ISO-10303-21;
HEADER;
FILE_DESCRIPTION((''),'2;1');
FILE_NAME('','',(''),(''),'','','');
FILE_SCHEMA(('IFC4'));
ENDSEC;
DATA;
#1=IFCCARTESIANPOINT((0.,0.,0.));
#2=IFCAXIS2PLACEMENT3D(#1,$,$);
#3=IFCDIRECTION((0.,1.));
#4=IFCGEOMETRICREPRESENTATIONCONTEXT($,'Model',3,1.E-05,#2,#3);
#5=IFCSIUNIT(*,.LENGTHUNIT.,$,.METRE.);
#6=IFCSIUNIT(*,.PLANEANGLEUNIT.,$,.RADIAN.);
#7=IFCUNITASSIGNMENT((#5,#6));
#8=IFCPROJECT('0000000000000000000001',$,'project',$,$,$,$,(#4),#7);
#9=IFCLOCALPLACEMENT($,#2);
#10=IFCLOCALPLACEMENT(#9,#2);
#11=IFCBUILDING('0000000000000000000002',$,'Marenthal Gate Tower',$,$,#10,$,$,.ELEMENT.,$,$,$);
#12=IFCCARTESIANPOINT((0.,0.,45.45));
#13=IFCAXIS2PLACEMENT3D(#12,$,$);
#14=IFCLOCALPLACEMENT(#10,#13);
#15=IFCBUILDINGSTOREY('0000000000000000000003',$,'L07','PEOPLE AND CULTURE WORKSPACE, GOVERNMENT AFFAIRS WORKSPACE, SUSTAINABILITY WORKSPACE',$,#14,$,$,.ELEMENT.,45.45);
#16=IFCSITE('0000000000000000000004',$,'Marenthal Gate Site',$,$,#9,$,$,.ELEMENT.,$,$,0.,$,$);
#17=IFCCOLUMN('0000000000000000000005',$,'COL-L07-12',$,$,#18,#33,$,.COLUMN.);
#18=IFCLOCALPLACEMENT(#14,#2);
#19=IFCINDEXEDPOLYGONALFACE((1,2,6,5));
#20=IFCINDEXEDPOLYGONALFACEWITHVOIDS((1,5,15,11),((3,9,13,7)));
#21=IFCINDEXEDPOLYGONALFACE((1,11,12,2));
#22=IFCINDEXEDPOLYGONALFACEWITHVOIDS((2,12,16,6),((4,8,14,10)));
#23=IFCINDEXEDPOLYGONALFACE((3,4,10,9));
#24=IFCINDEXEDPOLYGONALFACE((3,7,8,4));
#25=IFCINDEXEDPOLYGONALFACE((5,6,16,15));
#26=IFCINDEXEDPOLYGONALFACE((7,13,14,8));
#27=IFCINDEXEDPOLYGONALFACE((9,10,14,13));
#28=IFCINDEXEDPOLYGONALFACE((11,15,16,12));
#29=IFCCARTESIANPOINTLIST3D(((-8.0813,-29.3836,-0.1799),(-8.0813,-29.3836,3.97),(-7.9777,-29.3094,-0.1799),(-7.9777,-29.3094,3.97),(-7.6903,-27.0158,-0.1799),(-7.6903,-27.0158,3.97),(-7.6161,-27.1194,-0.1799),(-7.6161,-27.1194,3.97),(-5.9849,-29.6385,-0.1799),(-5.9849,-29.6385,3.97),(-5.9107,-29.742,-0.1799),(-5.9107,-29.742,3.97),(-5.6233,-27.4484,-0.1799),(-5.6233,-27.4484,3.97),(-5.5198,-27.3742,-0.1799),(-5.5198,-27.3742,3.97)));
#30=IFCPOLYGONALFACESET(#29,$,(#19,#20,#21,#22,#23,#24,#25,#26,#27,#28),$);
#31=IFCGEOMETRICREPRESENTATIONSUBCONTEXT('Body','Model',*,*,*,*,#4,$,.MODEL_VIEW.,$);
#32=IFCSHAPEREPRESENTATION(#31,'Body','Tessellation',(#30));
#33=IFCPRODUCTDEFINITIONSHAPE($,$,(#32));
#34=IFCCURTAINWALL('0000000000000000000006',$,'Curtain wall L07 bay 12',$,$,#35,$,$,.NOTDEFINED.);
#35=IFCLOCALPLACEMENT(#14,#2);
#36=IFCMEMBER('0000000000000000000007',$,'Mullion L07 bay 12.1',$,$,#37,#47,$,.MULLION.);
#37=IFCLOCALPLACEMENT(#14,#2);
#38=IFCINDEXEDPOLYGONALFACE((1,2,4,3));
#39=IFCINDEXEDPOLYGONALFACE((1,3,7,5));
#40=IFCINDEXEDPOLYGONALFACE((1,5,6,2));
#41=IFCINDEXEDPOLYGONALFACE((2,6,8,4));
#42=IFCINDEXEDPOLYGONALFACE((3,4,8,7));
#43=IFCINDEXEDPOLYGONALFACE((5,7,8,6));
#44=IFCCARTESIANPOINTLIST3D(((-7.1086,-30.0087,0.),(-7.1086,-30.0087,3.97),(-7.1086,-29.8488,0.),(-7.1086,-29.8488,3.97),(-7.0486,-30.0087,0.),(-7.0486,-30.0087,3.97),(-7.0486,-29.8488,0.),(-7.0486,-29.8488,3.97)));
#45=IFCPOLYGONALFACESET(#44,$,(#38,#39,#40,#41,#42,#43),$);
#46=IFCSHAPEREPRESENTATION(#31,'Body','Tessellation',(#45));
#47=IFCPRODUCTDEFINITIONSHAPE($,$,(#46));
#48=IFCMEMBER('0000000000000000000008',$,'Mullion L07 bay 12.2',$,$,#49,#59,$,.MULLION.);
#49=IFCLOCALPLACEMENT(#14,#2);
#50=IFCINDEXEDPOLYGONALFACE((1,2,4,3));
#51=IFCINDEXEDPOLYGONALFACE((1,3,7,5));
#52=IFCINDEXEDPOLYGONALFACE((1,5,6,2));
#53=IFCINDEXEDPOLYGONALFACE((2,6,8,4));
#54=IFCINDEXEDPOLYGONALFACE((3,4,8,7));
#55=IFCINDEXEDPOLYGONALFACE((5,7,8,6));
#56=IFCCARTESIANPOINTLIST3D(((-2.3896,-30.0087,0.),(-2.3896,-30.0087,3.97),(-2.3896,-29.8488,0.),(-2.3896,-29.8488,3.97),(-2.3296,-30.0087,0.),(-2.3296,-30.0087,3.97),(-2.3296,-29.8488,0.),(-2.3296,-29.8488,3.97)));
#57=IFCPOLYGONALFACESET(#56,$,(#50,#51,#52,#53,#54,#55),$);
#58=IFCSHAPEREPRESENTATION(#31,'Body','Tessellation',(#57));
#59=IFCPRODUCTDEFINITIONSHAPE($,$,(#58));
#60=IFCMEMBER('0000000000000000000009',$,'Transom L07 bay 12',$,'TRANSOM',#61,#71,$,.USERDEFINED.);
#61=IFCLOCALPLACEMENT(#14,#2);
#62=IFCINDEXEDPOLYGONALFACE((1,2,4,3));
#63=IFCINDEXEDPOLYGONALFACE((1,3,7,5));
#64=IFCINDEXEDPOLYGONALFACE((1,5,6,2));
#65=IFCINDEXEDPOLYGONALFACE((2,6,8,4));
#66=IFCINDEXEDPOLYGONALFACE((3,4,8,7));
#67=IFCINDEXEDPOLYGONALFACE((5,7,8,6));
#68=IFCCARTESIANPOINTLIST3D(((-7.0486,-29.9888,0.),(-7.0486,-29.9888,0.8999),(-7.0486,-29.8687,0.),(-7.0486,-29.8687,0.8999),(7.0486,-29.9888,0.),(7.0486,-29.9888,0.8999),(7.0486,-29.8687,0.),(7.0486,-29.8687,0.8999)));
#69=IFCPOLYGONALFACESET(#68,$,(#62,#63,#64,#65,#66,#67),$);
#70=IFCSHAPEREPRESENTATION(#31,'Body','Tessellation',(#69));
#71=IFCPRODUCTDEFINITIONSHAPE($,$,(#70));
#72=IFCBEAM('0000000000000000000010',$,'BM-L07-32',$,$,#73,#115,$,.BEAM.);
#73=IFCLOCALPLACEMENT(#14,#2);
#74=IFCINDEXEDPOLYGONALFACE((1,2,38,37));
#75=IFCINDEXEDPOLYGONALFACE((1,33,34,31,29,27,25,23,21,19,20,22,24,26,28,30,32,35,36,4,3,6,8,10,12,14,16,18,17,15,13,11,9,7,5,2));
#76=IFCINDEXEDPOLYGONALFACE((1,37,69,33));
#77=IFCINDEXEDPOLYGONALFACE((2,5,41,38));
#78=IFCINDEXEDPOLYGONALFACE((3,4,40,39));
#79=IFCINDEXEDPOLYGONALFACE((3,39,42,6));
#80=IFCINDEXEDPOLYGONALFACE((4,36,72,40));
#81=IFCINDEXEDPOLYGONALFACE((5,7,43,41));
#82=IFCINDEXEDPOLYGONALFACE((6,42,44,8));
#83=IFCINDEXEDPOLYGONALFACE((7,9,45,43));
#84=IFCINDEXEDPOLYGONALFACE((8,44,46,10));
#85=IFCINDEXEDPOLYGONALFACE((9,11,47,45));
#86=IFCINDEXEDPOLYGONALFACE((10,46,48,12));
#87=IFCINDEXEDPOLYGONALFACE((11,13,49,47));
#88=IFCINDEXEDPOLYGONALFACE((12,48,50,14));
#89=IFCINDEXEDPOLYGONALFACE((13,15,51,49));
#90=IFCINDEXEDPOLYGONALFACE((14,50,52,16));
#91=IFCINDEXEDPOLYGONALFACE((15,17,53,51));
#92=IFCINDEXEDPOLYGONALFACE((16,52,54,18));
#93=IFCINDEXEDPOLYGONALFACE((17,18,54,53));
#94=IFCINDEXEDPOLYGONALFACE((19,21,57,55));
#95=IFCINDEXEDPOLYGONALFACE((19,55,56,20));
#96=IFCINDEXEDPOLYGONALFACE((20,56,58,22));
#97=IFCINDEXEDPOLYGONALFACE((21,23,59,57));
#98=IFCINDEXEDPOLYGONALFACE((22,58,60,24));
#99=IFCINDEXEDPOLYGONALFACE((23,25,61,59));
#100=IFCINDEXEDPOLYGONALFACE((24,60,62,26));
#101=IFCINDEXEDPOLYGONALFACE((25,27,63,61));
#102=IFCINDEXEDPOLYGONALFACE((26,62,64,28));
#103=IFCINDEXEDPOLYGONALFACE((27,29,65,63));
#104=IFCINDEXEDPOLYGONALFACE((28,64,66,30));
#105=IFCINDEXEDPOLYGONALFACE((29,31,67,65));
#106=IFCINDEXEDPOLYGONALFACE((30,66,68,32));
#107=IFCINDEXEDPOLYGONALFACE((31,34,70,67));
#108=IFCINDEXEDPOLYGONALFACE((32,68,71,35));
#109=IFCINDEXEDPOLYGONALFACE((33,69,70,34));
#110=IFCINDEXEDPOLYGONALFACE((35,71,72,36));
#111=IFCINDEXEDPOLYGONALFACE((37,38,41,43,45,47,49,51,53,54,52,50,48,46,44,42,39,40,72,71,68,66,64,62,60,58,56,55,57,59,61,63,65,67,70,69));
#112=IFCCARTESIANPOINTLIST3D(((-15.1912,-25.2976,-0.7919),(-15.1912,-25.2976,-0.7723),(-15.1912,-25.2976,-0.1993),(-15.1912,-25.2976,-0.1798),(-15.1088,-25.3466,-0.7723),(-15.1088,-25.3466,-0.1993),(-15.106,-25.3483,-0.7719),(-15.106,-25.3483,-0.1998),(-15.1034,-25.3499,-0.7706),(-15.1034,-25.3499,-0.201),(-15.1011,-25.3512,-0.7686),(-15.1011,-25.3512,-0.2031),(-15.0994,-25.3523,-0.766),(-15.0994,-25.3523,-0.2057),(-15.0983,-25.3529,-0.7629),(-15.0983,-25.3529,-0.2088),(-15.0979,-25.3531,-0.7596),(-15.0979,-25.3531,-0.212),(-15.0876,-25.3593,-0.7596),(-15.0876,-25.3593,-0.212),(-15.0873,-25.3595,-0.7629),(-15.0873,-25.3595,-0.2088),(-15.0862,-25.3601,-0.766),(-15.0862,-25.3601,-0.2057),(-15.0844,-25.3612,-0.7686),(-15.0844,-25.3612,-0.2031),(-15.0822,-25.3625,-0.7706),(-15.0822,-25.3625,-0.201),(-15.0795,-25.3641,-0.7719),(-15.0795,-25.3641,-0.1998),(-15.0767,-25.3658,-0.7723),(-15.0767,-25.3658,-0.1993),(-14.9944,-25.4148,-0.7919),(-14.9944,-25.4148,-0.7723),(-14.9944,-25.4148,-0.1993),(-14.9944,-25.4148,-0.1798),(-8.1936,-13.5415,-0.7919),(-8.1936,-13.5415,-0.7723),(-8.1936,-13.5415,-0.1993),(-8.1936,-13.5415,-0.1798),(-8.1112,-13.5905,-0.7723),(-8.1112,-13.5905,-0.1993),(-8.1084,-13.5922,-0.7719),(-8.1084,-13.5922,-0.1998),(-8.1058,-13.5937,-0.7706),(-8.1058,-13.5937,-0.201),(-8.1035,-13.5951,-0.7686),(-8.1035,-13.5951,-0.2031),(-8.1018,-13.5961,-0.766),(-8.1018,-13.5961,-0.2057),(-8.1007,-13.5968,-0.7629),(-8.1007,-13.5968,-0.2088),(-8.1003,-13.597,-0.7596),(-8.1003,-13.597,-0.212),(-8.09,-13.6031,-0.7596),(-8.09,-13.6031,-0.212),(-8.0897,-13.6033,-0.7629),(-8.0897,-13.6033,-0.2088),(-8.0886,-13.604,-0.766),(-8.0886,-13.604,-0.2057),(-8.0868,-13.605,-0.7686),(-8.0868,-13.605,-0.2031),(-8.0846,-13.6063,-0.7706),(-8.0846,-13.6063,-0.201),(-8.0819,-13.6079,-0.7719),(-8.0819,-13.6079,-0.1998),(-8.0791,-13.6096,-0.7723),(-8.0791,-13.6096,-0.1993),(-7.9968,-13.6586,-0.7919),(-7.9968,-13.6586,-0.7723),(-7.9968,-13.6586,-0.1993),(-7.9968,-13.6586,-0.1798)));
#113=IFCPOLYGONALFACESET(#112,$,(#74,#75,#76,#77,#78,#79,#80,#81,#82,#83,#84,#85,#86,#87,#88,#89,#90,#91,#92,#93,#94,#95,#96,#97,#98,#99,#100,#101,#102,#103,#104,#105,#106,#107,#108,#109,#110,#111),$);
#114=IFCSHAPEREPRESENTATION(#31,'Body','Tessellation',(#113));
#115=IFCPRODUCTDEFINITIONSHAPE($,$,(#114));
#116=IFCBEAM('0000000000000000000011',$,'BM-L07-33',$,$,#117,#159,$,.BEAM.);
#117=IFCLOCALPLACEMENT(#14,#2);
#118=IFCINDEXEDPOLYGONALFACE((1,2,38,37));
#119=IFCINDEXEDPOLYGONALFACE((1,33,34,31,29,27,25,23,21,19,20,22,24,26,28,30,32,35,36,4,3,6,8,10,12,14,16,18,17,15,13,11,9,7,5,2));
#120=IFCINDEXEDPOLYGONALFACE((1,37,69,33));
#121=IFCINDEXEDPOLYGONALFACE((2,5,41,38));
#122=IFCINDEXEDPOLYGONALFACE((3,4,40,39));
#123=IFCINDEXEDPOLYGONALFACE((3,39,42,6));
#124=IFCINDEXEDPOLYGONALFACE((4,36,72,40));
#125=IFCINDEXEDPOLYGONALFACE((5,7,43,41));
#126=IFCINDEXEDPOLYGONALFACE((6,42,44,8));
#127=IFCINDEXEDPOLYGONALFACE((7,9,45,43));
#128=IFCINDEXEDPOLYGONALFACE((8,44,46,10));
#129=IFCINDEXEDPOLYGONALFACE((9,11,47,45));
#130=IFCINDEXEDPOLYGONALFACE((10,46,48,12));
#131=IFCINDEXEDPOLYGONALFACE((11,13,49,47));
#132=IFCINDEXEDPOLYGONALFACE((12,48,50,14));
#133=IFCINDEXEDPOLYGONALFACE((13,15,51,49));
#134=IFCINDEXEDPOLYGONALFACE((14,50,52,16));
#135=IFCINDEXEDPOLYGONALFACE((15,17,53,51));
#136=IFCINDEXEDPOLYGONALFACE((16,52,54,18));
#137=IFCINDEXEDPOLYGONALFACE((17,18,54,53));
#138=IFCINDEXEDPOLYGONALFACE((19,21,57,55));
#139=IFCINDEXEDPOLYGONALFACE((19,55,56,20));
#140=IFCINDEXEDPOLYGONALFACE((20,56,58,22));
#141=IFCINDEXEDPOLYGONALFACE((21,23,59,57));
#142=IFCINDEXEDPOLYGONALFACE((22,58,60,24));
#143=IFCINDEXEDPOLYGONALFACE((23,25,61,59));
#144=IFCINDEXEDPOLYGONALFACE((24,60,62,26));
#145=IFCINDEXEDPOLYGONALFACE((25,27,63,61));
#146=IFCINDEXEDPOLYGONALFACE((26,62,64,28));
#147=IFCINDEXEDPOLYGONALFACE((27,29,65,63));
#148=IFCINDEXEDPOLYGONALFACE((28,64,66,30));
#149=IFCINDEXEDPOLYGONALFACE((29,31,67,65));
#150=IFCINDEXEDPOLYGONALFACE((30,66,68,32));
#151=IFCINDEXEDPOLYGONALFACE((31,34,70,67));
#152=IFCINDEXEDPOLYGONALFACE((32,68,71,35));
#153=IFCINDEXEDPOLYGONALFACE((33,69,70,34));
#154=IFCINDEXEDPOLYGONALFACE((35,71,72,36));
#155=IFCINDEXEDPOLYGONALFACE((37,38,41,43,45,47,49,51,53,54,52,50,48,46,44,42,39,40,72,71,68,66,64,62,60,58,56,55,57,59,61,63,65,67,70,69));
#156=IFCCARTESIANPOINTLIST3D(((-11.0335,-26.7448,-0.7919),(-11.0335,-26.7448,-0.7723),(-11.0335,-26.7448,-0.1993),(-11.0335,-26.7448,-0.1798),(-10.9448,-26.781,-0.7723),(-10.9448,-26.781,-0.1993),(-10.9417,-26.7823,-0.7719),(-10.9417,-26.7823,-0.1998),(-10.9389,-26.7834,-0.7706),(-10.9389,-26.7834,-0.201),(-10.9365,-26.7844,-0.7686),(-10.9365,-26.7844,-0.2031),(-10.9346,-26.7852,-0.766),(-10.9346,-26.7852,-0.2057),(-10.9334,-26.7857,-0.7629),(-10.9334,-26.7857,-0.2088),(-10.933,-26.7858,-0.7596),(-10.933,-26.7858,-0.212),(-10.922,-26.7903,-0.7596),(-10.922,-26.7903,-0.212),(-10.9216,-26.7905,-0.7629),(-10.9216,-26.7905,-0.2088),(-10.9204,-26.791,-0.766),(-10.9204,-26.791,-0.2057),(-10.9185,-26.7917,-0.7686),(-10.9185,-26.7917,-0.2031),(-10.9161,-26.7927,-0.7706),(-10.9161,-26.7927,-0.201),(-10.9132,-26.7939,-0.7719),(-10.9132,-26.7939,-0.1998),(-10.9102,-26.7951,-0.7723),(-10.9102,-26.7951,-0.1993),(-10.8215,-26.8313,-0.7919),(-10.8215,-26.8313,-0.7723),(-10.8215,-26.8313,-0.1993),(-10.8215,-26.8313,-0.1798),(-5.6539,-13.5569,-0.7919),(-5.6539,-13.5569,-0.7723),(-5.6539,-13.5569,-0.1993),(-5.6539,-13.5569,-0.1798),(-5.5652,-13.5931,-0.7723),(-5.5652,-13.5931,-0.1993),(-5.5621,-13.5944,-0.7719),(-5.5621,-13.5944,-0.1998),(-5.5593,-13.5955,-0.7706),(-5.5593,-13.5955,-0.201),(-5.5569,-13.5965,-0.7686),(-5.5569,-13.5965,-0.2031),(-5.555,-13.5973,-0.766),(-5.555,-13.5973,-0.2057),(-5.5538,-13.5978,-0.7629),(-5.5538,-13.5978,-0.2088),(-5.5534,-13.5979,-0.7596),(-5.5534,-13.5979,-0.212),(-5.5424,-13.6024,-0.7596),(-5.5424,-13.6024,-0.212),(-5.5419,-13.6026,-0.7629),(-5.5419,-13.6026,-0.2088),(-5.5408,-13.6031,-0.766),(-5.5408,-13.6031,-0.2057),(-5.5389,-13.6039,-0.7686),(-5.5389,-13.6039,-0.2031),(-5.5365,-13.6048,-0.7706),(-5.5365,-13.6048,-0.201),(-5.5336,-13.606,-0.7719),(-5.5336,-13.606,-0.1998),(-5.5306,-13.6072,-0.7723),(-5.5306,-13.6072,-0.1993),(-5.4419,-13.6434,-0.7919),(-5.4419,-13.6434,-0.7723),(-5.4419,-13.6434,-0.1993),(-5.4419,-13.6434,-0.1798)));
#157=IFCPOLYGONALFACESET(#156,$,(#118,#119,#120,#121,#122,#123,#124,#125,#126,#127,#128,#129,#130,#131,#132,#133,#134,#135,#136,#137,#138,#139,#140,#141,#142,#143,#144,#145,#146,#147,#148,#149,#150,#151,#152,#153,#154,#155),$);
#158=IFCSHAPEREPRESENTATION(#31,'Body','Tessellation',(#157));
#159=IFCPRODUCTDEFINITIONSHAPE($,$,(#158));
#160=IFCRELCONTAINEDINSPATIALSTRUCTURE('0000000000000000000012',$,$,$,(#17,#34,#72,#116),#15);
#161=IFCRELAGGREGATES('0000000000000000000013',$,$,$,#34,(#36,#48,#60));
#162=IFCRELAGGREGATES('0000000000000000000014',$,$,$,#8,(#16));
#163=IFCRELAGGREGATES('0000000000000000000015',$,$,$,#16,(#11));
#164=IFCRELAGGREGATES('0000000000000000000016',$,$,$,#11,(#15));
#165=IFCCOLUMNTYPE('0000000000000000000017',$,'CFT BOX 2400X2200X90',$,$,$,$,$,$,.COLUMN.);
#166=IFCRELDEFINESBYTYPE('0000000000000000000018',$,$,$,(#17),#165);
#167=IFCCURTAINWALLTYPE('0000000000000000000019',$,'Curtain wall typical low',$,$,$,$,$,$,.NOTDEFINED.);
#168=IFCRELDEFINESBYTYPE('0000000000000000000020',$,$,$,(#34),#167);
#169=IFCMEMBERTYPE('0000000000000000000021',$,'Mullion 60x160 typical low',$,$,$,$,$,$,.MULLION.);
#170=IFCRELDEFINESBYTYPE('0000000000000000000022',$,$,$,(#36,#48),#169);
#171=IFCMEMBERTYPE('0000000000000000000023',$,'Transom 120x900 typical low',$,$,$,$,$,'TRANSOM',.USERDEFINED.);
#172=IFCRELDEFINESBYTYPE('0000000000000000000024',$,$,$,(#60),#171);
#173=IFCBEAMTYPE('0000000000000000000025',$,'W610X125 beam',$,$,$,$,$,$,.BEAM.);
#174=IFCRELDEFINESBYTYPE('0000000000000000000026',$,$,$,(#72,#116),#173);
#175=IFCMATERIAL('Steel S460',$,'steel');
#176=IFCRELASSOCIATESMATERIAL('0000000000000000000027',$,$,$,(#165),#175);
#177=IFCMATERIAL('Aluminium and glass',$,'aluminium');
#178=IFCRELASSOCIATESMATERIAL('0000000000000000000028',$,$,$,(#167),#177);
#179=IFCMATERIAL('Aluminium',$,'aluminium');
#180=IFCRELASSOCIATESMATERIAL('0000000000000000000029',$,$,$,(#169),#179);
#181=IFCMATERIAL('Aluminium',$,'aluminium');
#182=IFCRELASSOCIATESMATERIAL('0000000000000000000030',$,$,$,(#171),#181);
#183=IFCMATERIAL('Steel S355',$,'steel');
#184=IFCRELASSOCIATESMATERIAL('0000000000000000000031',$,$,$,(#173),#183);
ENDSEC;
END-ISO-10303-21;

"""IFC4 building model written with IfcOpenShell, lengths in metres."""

from ifc_helpers import new_model, si_unit, direction, frame, origin, origin_2d, place, context, subcontext, project, spatial, rectangle, hollow_rectangle, i_section, extrude, material, material_profile, profile_set, type_object, element, aggregate, save


model = new_model("IFC4")

# Units and contexts
model_context = context("Model", 3, precision=1e-05, world=origin(), true_north=direction((0.0, 1.0)))
body_context = subcontext(model_context, "Body", "Model", "MODEL_VIEW")
ifc_project = project(units=[si_unit("LENGTHUNIT", "METRE"), si_unit("PLANEANGLEUNIT", "RADIAN")], contexts=[model_context])

# Site, building, storey
site_placement = place(None, origin())
site = spatial("IfcSite", under=ifc_project, at=site_placement, Name="Marenthal Gate Site", CompositionType="ELEMENT", RefElevation=0.0)
building_placement = place(site_placement, origin())
building = spatial("IfcBuilding", under=site, at=building_placement, Name="Marenthal Gate Tower", CompositionType="ELEMENT")
storey_placement = place(building_placement, frame((0.0, 0.0, 45.45)))
storey = spatial("IfcBuildingStorey", under=building, at=storey_placement, Name="L07", Description="PEOPLE AND CULTURE WORKSPACE, GOVERNMENT AFFAIRS WORKSPACE, SUSTAINABILITY WORKSPACE", CompositionType="ELEMENT", Elevation=45.45)

# Column
ifc_material_1 = material(Name="Steel S460", Category="steel")
ifc_material_profile_1 = material_profile(ifc_material_1, hollow_rectangle(XDim=2.2, YDim=2.3999, WallThickness=0.0901, at=origin_2d()), Name="CFT BOX 2400X2200X90")
ifc_material_2 = material(Name="Concrete 70 MPa", Category="concrete")
ifc_material_profile_2 = material_profile(ifc_material_2, rectangle(XDim=2.02, YDim=2.22, at=origin_2d()), Name="CFT BOX 2400X2200X90 INFILL")
ifc_profile_set_1 = profile_set([ifc_material_profile_1, ifc_material_profile_2], Name="Steel S460 shell, Concrete 70 MPa infill")
column_type = type_object("IfcColumnType", Name="CFT BOX 2400X2200X90", PredefinedType="COLUMN", material=ifc_profile_set_1)
column_placement = place(storey_placement, frame((-6.8005, -28.3789, -0.1799), z_axis=(0.0, 0.0, 1.0), x_axis=(-0.986641, 0.162908, 0.0)))
element("IfcColumn", 1, at=column_placement, inside=storey, type_object=column_type, Name="COL-L07-12", PredefinedType="COLUMN", context=body_context, shape_type="SweptSolid", body=[
    extrude(hollow_rectangle(XDim=2.2, YDim=2.3999, WallThickness=0.0901, at=origin_2d()), origin(), (0.0, 0.0, 1.0), 4.1499),
])

# Curtain wall, members
ifc_material_3 = material(Name="Aluminium and glass", Category="aluminium")
curtain_wall_type = type_object("IfcCurtainWallType", Name="Curtain wall typical low", PredefinedType="NOTDEFINED", material=ifc_material_3)
curtain_wall_placement = place(storey_placement, origin())
curtain_wall = element("IfcCurtainWall", 2, at=curtain_wall_placement, inside=storey, type_object=curtain_wall_type, Name="Curtain wall L07 bay 12", PredefinedType="NOTDEFINED")
ifc_material_4 = material(Name="Aluminium", Category="aluminium")
ifc_material_profile_3 = material_profile(ifc_material_4, rectangle(XDim=0.1599, YDim=0.0601, at=origin_2d()), Name="60x160 aluminium mullion")
ifc_profile_set_2 = profile_set([ifc_material_profile_3], Name="Aluminium")
member_type_1 = type_object("IfcMemberType", Name="Mullion 60x160 typical low", PredefinedType="MULLION", material=ifc_profile_set_2)
member_1_placement = place(storey_placement, frame((-7.0786, -29.9287, 0.0), z_axis=(0.0, 0.0, 1.0), x_axis=(0.0, 1.0, 0.0)))
member_1 = element("IfcMember", 3, at=member_1_placement, type_object=member_type_1, Name="Mullion L07 bay 12.1", PredefinedType="MULLION", context=body_context, shape_type="SweptSolid", body=[
    extrude(rectangle(XDim=0.1599, YDim=0.0601, at=origin_2d()), origin(), (0.0, 0.0, 1.0), 3.97),
])
member_2_placement = place(storey_placement, frame((-2.3596, -29.9287, 0.0), z_axis=(0.0, 0.0, 1.0), x_axis=(0.0, 1.0, 0.0)))
member_2 = element("IfcMember", 4, at=member_2_placement, type_object=member_type_1, Name="Mullion L07 bay 12.2", PredefinedType="MULLION", context=body_context, shape_type="SweptSolid", body=[
    extrude(rectangle(XDim=0.1599, YDim=0.0601, at=origin_2d()), origin(), (0.0, 0.0, 1.0), 3.97),
])
ifc_material_5 = material(Name="Aluminium", Category="aluminium")
ifc_material_profile_4 = material_profile(ifc_material_5, rectangle(XDim=0.1201, YDim=0.8999, at=origin_2d()), Name="120x900 aluminium transom")
ifc_profile_set_3 = profile_set([ifc_material_profile_4], Name="Aluminium")
member_type_2 = type_object("IfcMemberType", Name="Transom 120x900 typical low", ElementType="TRANSOM", PredefinedType="USERDEFINED", material=ifc_profile_set_3)
member_3_placement = place(storey_placement, frame((-7.0486, -29.9287, 0.45), z_axis=(1.0, 0.0, 0.0), x_axis=(0.0, 1.0, 0.0)))
member_3 = element("IfcMember", 5, at=member_3_placement, type_object=member_type_2, Name="Transom L07 bay 12", ObjectType="TRANSOM", PredefinedType="USERDEFINED", context=body_context, shape_type="SweptSolid", body=[
    extrude(rectangle(XDim=0.1201, YDim=0.8999, at=origin_2d()), origin(), (0.0, 0.0, 1.0), 14.0972),
])

# Beams
ifc_material_6 = material(Name="Steel S355", Category="steel")
ifc_material_profile_5 = material_profile(ifc_material_6, i_section(OverallWidth=0.229, OverallDepth=0.6121, WebThickness=0.012, FlangeThickness=0.0195, FilletRadius=0.0127, at=origin_2d()), Name="W610X125")
ifc_profile_set_4 = profile_set([ifc_material_profile_5], Name="Steel S355")
beam_type_1 = type_object("IfcBeamType", Name="W610X125 beam", PredefinedType="BEAM", material=ifc_profile_set_4)
beam_1_placement = place(storey_placement, frame((-15.0928, -25.3562, -0.4858), z_axis=(0.511477, 0.859297, 0.0), x_axis=(-0.859297, 0.511477, 0.0)))
element("IfcBeam", 6, at=beam_1_placement, inside=storey, type_object=beam_type_1, Name="BM-L07-32", PredefinedType="BEAM", context=body_context, shape_type="SweptSolid", body=[
    extrude(i_section(OverallWidth=0.229, OverallDepth=0.6121, WebThickness=0.012, FlangeThickness=0.0195, FilletRadius=0.0127, at=origin_2d()), origin(), (0.0, 0.0, 1.0), 13.6812),
])
beam_2_placement = place(storey_placement, frame((-10.9275, -26.7881, -0.4858), z_axis=(0.377704, 0.925927, 0.0), x_axis=(-0.925927, 0.377704, 0.0)))
element("IfcBeam", 7, at=beam_2_placement, inside=storey, type_object=beam_type_1, Name="BM-L07-33", PredefinedType="BEAM", context=body_context, shape_type="SweptSolid", body=[
    extrude(i_section(OverallWidth=0.229, OverallDepth=0.6121, WebThickness=0.012, FlangeThickness=0.0195, FilletRadius=0.0127, at=origin_2d()), origin(), (0.0, 0.0, 1.0), 14.2429),
])

aggregate(curtain_wall, [member_1, member_2, member_3])

save(model, "model.ifc")
